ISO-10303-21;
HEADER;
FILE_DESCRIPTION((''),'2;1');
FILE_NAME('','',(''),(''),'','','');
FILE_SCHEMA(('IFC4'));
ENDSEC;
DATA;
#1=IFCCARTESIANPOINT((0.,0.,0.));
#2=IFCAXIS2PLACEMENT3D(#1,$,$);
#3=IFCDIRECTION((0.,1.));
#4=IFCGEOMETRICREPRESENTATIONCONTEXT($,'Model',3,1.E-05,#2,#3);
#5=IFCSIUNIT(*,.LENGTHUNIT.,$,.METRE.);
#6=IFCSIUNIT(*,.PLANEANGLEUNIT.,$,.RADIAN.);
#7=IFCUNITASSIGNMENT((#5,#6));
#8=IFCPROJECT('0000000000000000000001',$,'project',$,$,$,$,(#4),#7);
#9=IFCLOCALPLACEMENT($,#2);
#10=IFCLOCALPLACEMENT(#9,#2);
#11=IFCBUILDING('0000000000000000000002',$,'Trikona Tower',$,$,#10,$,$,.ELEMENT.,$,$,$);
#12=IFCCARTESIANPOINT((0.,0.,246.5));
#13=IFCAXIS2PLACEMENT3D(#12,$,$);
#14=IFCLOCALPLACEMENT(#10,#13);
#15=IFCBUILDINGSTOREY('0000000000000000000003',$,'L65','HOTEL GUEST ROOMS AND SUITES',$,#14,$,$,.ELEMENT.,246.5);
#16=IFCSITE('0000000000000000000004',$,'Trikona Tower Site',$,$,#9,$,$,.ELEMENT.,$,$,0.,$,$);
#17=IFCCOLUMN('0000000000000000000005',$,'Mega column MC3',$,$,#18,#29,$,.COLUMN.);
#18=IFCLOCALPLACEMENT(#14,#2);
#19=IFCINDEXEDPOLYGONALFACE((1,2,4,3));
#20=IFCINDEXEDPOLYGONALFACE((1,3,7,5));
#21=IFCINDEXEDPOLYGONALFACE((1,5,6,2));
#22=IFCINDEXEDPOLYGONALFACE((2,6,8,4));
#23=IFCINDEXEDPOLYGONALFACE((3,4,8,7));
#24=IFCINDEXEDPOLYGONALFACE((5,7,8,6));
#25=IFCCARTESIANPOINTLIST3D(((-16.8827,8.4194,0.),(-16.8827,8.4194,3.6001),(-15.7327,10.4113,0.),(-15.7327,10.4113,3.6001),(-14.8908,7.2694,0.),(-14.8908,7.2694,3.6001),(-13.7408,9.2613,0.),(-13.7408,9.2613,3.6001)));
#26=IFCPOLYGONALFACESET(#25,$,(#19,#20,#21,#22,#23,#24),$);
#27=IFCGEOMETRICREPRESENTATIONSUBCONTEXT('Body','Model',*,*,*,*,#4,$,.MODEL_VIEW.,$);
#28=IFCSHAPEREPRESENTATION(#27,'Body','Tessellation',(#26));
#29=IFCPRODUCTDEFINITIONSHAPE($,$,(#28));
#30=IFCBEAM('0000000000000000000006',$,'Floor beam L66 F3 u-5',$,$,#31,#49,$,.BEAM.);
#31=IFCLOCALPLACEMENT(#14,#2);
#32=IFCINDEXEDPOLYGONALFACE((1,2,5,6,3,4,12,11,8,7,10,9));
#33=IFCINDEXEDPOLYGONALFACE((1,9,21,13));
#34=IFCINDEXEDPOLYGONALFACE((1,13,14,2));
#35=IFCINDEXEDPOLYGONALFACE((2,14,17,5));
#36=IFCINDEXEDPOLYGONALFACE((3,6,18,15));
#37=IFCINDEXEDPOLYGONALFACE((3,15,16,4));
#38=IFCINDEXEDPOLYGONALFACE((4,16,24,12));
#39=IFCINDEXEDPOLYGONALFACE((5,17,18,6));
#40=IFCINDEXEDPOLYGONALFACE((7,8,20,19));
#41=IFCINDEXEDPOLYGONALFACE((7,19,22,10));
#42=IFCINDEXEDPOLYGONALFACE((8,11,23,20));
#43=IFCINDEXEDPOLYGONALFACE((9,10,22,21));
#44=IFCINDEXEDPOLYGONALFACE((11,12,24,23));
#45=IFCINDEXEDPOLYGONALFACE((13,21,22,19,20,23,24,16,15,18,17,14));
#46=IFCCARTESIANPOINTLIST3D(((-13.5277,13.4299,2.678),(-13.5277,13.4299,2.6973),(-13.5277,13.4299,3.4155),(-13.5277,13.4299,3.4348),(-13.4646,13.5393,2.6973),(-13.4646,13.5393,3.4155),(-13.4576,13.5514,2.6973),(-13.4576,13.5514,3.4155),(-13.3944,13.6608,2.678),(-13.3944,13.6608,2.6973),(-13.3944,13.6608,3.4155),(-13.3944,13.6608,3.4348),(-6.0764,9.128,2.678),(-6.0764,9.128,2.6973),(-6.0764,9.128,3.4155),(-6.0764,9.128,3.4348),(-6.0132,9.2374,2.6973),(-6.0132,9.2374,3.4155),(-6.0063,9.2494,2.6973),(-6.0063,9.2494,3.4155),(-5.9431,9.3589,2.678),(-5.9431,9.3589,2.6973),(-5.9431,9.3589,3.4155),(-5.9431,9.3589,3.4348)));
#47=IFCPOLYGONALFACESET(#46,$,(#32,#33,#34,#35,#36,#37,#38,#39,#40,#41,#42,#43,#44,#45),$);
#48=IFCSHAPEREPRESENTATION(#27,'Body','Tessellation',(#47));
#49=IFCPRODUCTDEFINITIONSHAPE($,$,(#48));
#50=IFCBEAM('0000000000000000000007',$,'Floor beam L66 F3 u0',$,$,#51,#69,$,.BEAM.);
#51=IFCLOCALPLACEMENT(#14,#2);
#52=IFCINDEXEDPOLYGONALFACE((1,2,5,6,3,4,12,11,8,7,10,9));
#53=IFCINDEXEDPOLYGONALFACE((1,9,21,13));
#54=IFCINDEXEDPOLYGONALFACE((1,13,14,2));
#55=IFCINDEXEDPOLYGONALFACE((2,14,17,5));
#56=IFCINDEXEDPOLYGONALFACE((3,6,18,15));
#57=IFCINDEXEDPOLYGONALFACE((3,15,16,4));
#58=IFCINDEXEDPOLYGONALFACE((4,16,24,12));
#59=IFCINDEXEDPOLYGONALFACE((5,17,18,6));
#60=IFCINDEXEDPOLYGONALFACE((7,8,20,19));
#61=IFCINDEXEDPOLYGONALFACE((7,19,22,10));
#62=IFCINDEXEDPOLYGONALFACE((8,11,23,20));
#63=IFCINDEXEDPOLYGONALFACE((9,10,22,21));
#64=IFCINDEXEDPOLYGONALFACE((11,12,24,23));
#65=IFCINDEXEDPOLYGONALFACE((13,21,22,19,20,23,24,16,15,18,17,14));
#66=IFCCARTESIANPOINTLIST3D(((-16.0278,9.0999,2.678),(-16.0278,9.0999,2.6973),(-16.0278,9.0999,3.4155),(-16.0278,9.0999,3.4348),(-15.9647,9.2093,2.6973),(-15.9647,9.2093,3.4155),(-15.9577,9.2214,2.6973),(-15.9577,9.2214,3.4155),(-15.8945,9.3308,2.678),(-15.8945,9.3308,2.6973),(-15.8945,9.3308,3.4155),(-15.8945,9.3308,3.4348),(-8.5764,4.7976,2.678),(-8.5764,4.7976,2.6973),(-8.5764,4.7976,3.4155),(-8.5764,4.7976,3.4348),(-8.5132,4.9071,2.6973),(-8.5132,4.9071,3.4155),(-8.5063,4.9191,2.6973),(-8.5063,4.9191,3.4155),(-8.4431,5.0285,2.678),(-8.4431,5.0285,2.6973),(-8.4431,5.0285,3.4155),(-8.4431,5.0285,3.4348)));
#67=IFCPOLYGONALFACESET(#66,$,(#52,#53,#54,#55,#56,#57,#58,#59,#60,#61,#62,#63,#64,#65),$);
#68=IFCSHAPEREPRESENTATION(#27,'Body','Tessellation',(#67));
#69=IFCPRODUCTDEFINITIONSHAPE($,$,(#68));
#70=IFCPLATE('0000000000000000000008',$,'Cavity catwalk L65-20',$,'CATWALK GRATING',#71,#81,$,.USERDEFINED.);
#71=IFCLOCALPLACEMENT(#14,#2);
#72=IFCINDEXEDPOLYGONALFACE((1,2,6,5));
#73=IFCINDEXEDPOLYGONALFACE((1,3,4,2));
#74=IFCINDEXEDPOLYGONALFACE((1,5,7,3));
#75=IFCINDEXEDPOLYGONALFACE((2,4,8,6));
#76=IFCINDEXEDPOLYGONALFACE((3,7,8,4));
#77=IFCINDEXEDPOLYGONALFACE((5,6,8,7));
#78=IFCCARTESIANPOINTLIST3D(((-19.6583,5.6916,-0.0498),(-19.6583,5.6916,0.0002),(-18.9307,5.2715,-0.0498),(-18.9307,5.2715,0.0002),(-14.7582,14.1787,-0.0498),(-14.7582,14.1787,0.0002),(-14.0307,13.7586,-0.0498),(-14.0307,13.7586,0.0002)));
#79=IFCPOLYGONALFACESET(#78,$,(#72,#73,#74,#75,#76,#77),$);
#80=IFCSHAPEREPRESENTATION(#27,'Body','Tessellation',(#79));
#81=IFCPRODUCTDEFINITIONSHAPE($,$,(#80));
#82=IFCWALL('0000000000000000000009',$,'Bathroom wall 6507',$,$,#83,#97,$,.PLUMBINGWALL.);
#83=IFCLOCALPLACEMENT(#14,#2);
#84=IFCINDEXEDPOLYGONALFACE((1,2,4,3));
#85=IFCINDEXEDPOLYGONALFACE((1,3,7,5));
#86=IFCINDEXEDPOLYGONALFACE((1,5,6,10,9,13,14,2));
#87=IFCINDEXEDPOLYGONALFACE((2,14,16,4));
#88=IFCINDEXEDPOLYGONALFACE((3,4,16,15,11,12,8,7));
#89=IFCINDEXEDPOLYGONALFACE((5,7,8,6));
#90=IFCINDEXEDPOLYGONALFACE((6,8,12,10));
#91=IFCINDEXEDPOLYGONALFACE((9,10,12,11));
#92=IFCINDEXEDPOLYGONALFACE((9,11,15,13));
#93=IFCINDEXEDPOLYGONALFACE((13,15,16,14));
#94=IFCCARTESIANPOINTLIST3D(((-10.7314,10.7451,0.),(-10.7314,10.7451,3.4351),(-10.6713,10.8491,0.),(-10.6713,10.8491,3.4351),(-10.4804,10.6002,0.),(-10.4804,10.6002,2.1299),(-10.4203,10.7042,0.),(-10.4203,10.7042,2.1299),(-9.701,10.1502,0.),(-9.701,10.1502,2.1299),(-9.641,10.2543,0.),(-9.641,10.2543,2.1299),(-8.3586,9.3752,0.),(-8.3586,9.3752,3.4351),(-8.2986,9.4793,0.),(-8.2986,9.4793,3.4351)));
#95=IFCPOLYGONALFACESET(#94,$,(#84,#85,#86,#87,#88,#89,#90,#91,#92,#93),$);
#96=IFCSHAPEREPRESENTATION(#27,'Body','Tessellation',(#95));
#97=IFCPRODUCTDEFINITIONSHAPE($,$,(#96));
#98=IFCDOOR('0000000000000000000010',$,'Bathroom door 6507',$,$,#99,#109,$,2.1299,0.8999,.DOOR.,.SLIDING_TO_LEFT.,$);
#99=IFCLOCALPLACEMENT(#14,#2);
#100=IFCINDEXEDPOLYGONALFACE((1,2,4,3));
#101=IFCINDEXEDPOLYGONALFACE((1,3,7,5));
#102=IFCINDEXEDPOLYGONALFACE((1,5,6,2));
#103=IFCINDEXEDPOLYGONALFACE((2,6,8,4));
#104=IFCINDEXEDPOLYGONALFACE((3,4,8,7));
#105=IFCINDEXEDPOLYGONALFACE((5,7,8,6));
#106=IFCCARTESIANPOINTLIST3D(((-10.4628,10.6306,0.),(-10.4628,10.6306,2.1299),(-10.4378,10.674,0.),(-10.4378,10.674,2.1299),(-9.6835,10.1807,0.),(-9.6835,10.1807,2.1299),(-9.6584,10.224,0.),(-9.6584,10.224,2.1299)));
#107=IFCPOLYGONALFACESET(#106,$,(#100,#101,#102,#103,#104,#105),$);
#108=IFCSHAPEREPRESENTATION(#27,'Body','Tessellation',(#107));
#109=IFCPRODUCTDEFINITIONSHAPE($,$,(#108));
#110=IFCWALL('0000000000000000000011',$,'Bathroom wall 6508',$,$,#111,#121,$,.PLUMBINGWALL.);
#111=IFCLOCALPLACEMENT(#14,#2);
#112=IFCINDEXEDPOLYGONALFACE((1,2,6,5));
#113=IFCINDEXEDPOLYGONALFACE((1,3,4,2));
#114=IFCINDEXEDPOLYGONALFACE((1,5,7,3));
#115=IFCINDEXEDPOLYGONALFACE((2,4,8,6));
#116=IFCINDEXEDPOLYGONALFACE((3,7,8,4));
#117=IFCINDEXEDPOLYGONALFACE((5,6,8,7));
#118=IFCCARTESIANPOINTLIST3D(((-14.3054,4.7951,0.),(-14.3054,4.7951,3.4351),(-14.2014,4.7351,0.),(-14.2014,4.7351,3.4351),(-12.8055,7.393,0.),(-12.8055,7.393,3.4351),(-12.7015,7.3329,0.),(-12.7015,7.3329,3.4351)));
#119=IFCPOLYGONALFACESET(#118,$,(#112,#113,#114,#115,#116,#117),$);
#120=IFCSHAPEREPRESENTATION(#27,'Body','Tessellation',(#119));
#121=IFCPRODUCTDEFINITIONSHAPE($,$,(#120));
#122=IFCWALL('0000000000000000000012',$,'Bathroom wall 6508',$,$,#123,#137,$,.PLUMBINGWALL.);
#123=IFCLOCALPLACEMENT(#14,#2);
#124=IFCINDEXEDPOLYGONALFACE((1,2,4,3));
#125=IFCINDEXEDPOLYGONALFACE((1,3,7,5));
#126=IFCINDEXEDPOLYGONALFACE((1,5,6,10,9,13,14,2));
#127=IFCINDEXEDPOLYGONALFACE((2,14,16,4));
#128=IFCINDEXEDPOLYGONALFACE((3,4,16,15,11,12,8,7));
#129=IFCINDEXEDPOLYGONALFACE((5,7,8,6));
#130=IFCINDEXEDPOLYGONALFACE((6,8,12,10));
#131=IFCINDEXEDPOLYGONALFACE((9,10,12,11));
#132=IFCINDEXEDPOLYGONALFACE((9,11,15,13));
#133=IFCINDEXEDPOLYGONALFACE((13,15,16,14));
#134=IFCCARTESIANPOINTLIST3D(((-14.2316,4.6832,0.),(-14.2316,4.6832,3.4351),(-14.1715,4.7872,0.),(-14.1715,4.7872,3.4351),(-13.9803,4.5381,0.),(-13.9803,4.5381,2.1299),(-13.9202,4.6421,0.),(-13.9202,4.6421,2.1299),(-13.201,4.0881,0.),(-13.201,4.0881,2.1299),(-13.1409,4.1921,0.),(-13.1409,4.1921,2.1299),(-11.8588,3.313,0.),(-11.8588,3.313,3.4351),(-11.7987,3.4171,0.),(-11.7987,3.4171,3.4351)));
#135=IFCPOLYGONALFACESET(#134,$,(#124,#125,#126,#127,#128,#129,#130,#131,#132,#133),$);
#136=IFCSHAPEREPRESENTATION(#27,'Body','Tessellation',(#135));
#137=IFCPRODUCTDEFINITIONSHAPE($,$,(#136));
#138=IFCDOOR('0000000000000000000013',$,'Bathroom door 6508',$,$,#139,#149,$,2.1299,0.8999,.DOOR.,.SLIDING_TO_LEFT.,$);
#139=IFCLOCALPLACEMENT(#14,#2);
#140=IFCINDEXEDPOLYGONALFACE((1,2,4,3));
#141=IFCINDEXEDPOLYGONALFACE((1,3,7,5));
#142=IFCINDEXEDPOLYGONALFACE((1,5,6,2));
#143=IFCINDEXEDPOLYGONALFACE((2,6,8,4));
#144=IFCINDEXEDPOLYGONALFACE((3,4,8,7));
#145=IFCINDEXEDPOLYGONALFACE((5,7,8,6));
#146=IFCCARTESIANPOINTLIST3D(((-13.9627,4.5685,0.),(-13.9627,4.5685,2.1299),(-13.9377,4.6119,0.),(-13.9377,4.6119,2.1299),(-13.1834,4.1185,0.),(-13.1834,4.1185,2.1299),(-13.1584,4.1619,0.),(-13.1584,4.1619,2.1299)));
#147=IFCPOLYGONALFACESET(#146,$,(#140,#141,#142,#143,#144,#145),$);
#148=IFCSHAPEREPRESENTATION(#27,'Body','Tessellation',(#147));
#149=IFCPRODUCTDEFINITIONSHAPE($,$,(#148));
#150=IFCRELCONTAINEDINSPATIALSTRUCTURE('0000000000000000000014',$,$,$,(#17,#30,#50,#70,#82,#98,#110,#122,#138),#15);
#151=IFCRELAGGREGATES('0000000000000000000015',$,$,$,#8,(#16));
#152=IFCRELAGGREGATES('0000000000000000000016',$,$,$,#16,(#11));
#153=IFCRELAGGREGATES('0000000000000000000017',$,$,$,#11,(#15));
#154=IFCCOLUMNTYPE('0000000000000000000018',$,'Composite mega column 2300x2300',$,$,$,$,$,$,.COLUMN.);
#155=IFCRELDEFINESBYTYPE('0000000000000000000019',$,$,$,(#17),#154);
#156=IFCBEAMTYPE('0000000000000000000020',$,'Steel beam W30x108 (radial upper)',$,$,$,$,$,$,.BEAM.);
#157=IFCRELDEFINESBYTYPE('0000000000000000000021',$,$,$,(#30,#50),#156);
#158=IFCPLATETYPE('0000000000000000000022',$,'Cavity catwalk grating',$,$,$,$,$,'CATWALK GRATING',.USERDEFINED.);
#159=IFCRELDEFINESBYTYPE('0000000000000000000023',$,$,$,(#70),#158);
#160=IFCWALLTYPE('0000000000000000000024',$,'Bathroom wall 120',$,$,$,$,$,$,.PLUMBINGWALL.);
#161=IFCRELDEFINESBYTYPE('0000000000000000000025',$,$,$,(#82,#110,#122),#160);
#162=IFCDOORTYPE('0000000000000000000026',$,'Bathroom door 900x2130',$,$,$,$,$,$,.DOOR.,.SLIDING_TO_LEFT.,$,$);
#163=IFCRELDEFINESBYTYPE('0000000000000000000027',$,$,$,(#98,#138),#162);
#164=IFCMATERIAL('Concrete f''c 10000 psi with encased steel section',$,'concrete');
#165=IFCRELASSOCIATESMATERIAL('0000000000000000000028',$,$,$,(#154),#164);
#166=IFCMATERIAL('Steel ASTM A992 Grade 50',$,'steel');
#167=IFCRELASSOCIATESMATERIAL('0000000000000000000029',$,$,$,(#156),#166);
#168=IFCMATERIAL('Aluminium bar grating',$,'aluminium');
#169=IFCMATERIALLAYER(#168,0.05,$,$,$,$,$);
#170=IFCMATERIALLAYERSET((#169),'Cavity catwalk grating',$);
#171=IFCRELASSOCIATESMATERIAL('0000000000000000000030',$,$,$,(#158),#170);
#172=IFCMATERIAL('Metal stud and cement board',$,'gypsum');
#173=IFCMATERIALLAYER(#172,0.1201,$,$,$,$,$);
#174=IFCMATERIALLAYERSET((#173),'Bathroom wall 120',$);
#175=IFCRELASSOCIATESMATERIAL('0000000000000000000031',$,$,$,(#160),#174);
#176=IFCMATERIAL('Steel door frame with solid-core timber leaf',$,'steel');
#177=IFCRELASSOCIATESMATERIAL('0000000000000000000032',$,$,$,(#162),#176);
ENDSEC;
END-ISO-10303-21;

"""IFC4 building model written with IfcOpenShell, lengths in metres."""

from ifc_helpers import new_model, si_unit, direction, frame, frame_2d, origin, origin_2d, place, context, subcontext, project, spatial, rectangle, i_section, extrude, material, layer, layer_set, material_profile, profile_set, type_object, element, fill, save


model = new_model("IFC4")

# Units and contexts
model_context = context("Model", 3, precision=1e-05, world=origin(), true_north=direction((0.0, 1.0)))
body_context = subcontext(model_context, "Body", "Model", "MODEL_VIEW")
ifc_project = project(units=[si_unit("LENGTHUNIT", "METRE"), si_unit("PLANEANGLEUNIT", "RADIAN")], contexts=[model_context])

# Site, building, storey
site_placement = place(None, origin())
site = spatial("IfcSite", under=ifc_project, at=site_placement, Name="Trikona Tower Site", CompositionType="ELEMENT", RefElevation=0.0)
building_placement = place(site_placement, origin())
building = spatial("IfcBuilding", under=site, at=building_placement, Name="Trikona Tower", CompositionType="ELEMENT")
storey_placement = place(building_placement, frame((0.0, 0.0, 246.5)))
storey = spatial("IfcBuildingStorey", under=building, at=storey_placement, Name="L65", Description="HOTEL GUEST ROOMS AND SUITES", CompositionType="ELEMENT", Elevation=246.5)

# Column
ifc_material_1 = material(Name="Concrete f'c 10000 psi with encased steel section", Category="concrete")
ifc_material_profile_1 = material_profile(ifc_material_1, rectangle(XDim=2.3, YDim=2.3, at=origin_2d()), Name="MC2300")
ifc_profile_set_1 = profile_set([ifc_material_profile_1], Name="Concrete f'c 10000 psi with encased steel section")
column_type = type_object("IfcColumnType", Name="Composite mega column 2300x2300", PredefinedType="COLUMN", material=ifc_profile_set_1)
column_placement = place(storey_placement, frame((-15.3118, 8.8403, 0.0), z_axis=(0.0, 0.0, 1.0), x_axis=(-0.866025, 0.5, 0.0)))
element("IfcColumn", 1, at=column_placement, inside=storey, type_object=column_type, Name="Mega column MC3", PredefinedType="COLUMN", context=body_context, shape_type="SweptSolid", body=[
    extrude(rectangle(XDim=2.3, YDim=2.3, at=origin_2d()), origin(), (0.0, 0.0, 1.0), 3.6001),
])

# Beams
ifc_material_2 = material(Name="Steel ASTM A992 Grade 50", Category="steel")
ifc_material_profile_2 = material_profile(ifc_material_2, i_section(OverallWidth=0.2666, OverallDepth=0.7568, WebThickness=0.0139, FlangeThickness=0.0193, at=origin_2d()), Name="W30X108")
ifc_profile_set_2 = profile_set([ifc_material_profile_2], Name="Steel ASTM A992 Grade 50")
beam_type = type_object("IfcBeamType", Name="Steel beam W30x108 (radial upper)", PredefinedType="BEAM", material=ifc_profile_set_2)
beam_1_placement = place(storey_placement, frame((-6.0098, 9.2434, 3.0564), z_axis=(-0.866029, 0.499993, 0.0), x_axis=(-0.499993, -0.866029, 0.0)))
element("IfcBeam", 2, at=beam_1_placement, inside=storey, type_object=beam_type, Name="Floor beam L66 F3 u-5", PredefinedType="BEAM", context=body_context, shape_type="SweptSolid", body=[
    extrude(i_section(OverallWidth=0.2666, OverallDepth=0.7568, WebThickness=0.0139, FlangeThickness=0.0193, at=origin_2d()), origin(), (0.0, 0.0, 1.0), 8.604),
])
beam_2_placement = place(storey_placement, frame((-8.5098, 4.9131, 3.0564), z_axis=(-0.866017, 0.500015, 0.0), x_axis=(-0.500015, -0.866017, 0.0)))
element("IfcBeam", 3, at=beam_2_placement, inside=storey, type_object=beam_type, Name="Floor beam L66 F3 u0", PredefinedType="BEAM", context=body_context, shape_type="SweptSolid", body=[
    extrude(i_section(OverallWidth=0.2666, OverallDepth=0.7568, WebThickness=0.0139, FlangeThickness=0.0193, at=origin_2d()), origin(), (0.0, 0.0, 1.0), 8.6042),
])

# Plate
ifc_material_3 = material(Name="Aluminium bar grating", Category="aluminium")
ifc_layer_1 = layer(ifc_material_3, 0.05)
ifc_layer_set_1 = layer_set([ifc_layer_1], Name="Cavity catwalk grating")
plate_type = type_object("IfcPlateType", Name="Cavity catwalk grating", ElementType="CATWALK GRATING", PredefinedType="USERDEFINED", material=ifc_layer_set_1)
plate_placement = place(storey_placement, frame((-16.8445, 9.7251, -0.0498), z_axis=(0.0, 0.0, 1.0), x_axis=(-0.499998, -0.866026, 0.0)))
element("IfcPlate", 4, at=plate_placement, inside=storey, type_object=plate_type, Name="Cavity catwalk L65-20", ObjectType="CATWALK GRATING", PredefinedType="USERDEFINED", context=body_context, shape_type="SweptSolid", body=[
    extrude(rectangle(XDim=9.8, YDim=0.8401, at=origin_2d()), origin(), (0.0, 0.0, 1.0), 0.05),
])

# Wall, opening, door
ifc_material_4 = material(Name="Metal stud and cement board", Category="gypsum")
ifc_layer_2 = layer(ifc_material_4, 0.1201)
ifc_layer_set_2 = layer_set([ifc_layer_2], Name="Bathroom wall 120")
wall_type_1 = type_object("IfcWallType", Name="Bathroom wall 120", PredefinedType="PLUMBINGWALL", material=ifc_layer_set_2)
wall_1_placement = place(storey_placement, frame((-8.3286, 9.4272, 0.0), z_axis=(0.0, 0.0, 1.0), x_axis=(-0.866036, 0.499982, 0.0)))
wall_1 = element("IfcWall", 5, at=wall_1_placement, inside=storey, type_object=wall_type_1, Name="Bathroom wall 6507", PredefinedType="PLUMBINGWALL", context=body_context, shape_type="SweptSolid", body=[
    extrude(rectangle(XDim=2.7397, YDim=0.1201, at=frame_2d((1.3699, 0.0))), origin(), (0.0, 0.0, 1.0), 3.4351),
])
opening_1_placement = place(wall_1_placement, frame((1.55, 0.0, 0.0)))
opening_1 = element("IfcOpeningElement", 6, at=opening_1_placement, cuts=wall_1, PredefinedType="OPENING", context=body_context, shape_type="SweptSolid", body=[
    extrude(rectangle(XDim=0.8999, YDim=2.1299, at=frame_2d((0.45, 1.0649))), frame((0.0, 0.0701, 0.0), z_axis=(0.0, -1.0, 0.0), x_axis=(1.0, 0.0, 0.0)), (0.0, 0.0, 1.0), 0.1401),
])
ifc_material_5 = material(Name="Steel door frame with solid-core timber leaf", Category="steel")
door_type_1 = type_object("IfcDoorType", Name="Bathroom door 900x2130", OperationType="SLIDING_TO_LEFT", PredefinedType="DOOR", material=ifc_material_5)
door_1_placement = place(opening_1_placement, origin())
door_1 = element("IfcDoor", 7, at=door_1_placement, inside=storey, type_object=door_type_1, Name="Bathroom door 6507", OperationType="SLIDING_TO_LEFT", OverallHeight=2.1299, OverallWidth=0.8999, PredefinedType="DOOR", context=body_context, shape_type="SweptSolid", body=[
    extrude(rectangle(XDim=0.8999, YDim=2.1299, at=frame_2d((0.45, 1.0649))), frame((0.0, 0.0249, 0.0), z_axis=(0.0, -1.0, 0.0), x_axis=(1.0, 0.0, 0.0)), (0.0, 0.0, 1.0), 0.05),
])
fill(opening_1, door_1)

# Wall
wall_2_placement = place(storey_placement, frame((-12.7534, 7.363, 0.0), z_axis=(0.0, 0.0, 1.0), x_axis=(-0.500025, -0.866011, 0.0)))
element("IfcWall", 8, at=wall_2_placement, inside=storey, type_object=wall_type_1, Name="Bathroom wall 6508", PredefinedType="PLUMBINGWALL", context=body_context, shape_type="SweptSolid", body=[
    extrude(rectangle(XDim=2.9998, YDim=0.1201, at=frame_2d((1.5, 0.0))), origin(), (0.0, 0.0, 1.0), 3.4351),
])

# Wall, opening, door
wall_3_placement = place(storey_placement, frame((-11.8286, 3.365, 0.0), z_axis=(0.0, 0.0, 1.0), x_axis=(-0.865997, 0.500049, 0.0)))
wall_3 = element("IfcWall", 9, at=wall_3_placement, inside=storey, type_object=wall_type_1, Name="Bathroom wall 6508", PredefinedType="PLUMBINGWALL", context=body_context, shape_type="SweptSolid", body=[
    extrude(rectangle(XDim=2.74, YDim=0.1201, at=frame_2d((1.3701, 0.0))), origin(), (0.0, 0.0, 1.0), 3.4351),
])
opening_2_placement = place(wall_3_placement, frame((1.55, 0.0, 0.0)))
opening_2 = element("IfcOpeningElement", 10, at=opening_2_placement, cuts=wall_3, PredefinedType="OPENING", context=body_context, shape_type="SweptSolid", body=[
    extrude(rectangle(XDim=0.8999, YDim=2.1299, at=frame_2d((0.45, 1.0649))), frame((0.0, 0.0701, 0.0), z_axis=(0.0, -1.0, 0.0), x_axis=(1.0, 0.0, 0.0)), (0.0, 0.0, 1.0), 0.1401),
])
door_2_placement = place(opening_2_placement, origin())
door_2 = element("IfcDoor", 11, at=door_2_placement, inside=storey, type_object=door_type_1, Name="Bathroom door 6508", OperationType="SLIDING_TO_LEFT", OverallHeight=2.1299, OverallWidth=0.8999, PredefinedType="DOOR", context=body_context, shape_type="SweptSolid", body=[
    extrude(rectangle(XDim=0.8999, YDim=2.1299, at=frame_2d((0.45, 1.0649))), frame((0.0, 0.0249, 0.0), z_axis=(0.0, -1.0, 0.0), x_axis=(1.0, 0.0, 0.0)), (0.0, 0.0, 1.0), 0.05),
])
fill(opening_2, door_2)

save(model, "model.ifc")
